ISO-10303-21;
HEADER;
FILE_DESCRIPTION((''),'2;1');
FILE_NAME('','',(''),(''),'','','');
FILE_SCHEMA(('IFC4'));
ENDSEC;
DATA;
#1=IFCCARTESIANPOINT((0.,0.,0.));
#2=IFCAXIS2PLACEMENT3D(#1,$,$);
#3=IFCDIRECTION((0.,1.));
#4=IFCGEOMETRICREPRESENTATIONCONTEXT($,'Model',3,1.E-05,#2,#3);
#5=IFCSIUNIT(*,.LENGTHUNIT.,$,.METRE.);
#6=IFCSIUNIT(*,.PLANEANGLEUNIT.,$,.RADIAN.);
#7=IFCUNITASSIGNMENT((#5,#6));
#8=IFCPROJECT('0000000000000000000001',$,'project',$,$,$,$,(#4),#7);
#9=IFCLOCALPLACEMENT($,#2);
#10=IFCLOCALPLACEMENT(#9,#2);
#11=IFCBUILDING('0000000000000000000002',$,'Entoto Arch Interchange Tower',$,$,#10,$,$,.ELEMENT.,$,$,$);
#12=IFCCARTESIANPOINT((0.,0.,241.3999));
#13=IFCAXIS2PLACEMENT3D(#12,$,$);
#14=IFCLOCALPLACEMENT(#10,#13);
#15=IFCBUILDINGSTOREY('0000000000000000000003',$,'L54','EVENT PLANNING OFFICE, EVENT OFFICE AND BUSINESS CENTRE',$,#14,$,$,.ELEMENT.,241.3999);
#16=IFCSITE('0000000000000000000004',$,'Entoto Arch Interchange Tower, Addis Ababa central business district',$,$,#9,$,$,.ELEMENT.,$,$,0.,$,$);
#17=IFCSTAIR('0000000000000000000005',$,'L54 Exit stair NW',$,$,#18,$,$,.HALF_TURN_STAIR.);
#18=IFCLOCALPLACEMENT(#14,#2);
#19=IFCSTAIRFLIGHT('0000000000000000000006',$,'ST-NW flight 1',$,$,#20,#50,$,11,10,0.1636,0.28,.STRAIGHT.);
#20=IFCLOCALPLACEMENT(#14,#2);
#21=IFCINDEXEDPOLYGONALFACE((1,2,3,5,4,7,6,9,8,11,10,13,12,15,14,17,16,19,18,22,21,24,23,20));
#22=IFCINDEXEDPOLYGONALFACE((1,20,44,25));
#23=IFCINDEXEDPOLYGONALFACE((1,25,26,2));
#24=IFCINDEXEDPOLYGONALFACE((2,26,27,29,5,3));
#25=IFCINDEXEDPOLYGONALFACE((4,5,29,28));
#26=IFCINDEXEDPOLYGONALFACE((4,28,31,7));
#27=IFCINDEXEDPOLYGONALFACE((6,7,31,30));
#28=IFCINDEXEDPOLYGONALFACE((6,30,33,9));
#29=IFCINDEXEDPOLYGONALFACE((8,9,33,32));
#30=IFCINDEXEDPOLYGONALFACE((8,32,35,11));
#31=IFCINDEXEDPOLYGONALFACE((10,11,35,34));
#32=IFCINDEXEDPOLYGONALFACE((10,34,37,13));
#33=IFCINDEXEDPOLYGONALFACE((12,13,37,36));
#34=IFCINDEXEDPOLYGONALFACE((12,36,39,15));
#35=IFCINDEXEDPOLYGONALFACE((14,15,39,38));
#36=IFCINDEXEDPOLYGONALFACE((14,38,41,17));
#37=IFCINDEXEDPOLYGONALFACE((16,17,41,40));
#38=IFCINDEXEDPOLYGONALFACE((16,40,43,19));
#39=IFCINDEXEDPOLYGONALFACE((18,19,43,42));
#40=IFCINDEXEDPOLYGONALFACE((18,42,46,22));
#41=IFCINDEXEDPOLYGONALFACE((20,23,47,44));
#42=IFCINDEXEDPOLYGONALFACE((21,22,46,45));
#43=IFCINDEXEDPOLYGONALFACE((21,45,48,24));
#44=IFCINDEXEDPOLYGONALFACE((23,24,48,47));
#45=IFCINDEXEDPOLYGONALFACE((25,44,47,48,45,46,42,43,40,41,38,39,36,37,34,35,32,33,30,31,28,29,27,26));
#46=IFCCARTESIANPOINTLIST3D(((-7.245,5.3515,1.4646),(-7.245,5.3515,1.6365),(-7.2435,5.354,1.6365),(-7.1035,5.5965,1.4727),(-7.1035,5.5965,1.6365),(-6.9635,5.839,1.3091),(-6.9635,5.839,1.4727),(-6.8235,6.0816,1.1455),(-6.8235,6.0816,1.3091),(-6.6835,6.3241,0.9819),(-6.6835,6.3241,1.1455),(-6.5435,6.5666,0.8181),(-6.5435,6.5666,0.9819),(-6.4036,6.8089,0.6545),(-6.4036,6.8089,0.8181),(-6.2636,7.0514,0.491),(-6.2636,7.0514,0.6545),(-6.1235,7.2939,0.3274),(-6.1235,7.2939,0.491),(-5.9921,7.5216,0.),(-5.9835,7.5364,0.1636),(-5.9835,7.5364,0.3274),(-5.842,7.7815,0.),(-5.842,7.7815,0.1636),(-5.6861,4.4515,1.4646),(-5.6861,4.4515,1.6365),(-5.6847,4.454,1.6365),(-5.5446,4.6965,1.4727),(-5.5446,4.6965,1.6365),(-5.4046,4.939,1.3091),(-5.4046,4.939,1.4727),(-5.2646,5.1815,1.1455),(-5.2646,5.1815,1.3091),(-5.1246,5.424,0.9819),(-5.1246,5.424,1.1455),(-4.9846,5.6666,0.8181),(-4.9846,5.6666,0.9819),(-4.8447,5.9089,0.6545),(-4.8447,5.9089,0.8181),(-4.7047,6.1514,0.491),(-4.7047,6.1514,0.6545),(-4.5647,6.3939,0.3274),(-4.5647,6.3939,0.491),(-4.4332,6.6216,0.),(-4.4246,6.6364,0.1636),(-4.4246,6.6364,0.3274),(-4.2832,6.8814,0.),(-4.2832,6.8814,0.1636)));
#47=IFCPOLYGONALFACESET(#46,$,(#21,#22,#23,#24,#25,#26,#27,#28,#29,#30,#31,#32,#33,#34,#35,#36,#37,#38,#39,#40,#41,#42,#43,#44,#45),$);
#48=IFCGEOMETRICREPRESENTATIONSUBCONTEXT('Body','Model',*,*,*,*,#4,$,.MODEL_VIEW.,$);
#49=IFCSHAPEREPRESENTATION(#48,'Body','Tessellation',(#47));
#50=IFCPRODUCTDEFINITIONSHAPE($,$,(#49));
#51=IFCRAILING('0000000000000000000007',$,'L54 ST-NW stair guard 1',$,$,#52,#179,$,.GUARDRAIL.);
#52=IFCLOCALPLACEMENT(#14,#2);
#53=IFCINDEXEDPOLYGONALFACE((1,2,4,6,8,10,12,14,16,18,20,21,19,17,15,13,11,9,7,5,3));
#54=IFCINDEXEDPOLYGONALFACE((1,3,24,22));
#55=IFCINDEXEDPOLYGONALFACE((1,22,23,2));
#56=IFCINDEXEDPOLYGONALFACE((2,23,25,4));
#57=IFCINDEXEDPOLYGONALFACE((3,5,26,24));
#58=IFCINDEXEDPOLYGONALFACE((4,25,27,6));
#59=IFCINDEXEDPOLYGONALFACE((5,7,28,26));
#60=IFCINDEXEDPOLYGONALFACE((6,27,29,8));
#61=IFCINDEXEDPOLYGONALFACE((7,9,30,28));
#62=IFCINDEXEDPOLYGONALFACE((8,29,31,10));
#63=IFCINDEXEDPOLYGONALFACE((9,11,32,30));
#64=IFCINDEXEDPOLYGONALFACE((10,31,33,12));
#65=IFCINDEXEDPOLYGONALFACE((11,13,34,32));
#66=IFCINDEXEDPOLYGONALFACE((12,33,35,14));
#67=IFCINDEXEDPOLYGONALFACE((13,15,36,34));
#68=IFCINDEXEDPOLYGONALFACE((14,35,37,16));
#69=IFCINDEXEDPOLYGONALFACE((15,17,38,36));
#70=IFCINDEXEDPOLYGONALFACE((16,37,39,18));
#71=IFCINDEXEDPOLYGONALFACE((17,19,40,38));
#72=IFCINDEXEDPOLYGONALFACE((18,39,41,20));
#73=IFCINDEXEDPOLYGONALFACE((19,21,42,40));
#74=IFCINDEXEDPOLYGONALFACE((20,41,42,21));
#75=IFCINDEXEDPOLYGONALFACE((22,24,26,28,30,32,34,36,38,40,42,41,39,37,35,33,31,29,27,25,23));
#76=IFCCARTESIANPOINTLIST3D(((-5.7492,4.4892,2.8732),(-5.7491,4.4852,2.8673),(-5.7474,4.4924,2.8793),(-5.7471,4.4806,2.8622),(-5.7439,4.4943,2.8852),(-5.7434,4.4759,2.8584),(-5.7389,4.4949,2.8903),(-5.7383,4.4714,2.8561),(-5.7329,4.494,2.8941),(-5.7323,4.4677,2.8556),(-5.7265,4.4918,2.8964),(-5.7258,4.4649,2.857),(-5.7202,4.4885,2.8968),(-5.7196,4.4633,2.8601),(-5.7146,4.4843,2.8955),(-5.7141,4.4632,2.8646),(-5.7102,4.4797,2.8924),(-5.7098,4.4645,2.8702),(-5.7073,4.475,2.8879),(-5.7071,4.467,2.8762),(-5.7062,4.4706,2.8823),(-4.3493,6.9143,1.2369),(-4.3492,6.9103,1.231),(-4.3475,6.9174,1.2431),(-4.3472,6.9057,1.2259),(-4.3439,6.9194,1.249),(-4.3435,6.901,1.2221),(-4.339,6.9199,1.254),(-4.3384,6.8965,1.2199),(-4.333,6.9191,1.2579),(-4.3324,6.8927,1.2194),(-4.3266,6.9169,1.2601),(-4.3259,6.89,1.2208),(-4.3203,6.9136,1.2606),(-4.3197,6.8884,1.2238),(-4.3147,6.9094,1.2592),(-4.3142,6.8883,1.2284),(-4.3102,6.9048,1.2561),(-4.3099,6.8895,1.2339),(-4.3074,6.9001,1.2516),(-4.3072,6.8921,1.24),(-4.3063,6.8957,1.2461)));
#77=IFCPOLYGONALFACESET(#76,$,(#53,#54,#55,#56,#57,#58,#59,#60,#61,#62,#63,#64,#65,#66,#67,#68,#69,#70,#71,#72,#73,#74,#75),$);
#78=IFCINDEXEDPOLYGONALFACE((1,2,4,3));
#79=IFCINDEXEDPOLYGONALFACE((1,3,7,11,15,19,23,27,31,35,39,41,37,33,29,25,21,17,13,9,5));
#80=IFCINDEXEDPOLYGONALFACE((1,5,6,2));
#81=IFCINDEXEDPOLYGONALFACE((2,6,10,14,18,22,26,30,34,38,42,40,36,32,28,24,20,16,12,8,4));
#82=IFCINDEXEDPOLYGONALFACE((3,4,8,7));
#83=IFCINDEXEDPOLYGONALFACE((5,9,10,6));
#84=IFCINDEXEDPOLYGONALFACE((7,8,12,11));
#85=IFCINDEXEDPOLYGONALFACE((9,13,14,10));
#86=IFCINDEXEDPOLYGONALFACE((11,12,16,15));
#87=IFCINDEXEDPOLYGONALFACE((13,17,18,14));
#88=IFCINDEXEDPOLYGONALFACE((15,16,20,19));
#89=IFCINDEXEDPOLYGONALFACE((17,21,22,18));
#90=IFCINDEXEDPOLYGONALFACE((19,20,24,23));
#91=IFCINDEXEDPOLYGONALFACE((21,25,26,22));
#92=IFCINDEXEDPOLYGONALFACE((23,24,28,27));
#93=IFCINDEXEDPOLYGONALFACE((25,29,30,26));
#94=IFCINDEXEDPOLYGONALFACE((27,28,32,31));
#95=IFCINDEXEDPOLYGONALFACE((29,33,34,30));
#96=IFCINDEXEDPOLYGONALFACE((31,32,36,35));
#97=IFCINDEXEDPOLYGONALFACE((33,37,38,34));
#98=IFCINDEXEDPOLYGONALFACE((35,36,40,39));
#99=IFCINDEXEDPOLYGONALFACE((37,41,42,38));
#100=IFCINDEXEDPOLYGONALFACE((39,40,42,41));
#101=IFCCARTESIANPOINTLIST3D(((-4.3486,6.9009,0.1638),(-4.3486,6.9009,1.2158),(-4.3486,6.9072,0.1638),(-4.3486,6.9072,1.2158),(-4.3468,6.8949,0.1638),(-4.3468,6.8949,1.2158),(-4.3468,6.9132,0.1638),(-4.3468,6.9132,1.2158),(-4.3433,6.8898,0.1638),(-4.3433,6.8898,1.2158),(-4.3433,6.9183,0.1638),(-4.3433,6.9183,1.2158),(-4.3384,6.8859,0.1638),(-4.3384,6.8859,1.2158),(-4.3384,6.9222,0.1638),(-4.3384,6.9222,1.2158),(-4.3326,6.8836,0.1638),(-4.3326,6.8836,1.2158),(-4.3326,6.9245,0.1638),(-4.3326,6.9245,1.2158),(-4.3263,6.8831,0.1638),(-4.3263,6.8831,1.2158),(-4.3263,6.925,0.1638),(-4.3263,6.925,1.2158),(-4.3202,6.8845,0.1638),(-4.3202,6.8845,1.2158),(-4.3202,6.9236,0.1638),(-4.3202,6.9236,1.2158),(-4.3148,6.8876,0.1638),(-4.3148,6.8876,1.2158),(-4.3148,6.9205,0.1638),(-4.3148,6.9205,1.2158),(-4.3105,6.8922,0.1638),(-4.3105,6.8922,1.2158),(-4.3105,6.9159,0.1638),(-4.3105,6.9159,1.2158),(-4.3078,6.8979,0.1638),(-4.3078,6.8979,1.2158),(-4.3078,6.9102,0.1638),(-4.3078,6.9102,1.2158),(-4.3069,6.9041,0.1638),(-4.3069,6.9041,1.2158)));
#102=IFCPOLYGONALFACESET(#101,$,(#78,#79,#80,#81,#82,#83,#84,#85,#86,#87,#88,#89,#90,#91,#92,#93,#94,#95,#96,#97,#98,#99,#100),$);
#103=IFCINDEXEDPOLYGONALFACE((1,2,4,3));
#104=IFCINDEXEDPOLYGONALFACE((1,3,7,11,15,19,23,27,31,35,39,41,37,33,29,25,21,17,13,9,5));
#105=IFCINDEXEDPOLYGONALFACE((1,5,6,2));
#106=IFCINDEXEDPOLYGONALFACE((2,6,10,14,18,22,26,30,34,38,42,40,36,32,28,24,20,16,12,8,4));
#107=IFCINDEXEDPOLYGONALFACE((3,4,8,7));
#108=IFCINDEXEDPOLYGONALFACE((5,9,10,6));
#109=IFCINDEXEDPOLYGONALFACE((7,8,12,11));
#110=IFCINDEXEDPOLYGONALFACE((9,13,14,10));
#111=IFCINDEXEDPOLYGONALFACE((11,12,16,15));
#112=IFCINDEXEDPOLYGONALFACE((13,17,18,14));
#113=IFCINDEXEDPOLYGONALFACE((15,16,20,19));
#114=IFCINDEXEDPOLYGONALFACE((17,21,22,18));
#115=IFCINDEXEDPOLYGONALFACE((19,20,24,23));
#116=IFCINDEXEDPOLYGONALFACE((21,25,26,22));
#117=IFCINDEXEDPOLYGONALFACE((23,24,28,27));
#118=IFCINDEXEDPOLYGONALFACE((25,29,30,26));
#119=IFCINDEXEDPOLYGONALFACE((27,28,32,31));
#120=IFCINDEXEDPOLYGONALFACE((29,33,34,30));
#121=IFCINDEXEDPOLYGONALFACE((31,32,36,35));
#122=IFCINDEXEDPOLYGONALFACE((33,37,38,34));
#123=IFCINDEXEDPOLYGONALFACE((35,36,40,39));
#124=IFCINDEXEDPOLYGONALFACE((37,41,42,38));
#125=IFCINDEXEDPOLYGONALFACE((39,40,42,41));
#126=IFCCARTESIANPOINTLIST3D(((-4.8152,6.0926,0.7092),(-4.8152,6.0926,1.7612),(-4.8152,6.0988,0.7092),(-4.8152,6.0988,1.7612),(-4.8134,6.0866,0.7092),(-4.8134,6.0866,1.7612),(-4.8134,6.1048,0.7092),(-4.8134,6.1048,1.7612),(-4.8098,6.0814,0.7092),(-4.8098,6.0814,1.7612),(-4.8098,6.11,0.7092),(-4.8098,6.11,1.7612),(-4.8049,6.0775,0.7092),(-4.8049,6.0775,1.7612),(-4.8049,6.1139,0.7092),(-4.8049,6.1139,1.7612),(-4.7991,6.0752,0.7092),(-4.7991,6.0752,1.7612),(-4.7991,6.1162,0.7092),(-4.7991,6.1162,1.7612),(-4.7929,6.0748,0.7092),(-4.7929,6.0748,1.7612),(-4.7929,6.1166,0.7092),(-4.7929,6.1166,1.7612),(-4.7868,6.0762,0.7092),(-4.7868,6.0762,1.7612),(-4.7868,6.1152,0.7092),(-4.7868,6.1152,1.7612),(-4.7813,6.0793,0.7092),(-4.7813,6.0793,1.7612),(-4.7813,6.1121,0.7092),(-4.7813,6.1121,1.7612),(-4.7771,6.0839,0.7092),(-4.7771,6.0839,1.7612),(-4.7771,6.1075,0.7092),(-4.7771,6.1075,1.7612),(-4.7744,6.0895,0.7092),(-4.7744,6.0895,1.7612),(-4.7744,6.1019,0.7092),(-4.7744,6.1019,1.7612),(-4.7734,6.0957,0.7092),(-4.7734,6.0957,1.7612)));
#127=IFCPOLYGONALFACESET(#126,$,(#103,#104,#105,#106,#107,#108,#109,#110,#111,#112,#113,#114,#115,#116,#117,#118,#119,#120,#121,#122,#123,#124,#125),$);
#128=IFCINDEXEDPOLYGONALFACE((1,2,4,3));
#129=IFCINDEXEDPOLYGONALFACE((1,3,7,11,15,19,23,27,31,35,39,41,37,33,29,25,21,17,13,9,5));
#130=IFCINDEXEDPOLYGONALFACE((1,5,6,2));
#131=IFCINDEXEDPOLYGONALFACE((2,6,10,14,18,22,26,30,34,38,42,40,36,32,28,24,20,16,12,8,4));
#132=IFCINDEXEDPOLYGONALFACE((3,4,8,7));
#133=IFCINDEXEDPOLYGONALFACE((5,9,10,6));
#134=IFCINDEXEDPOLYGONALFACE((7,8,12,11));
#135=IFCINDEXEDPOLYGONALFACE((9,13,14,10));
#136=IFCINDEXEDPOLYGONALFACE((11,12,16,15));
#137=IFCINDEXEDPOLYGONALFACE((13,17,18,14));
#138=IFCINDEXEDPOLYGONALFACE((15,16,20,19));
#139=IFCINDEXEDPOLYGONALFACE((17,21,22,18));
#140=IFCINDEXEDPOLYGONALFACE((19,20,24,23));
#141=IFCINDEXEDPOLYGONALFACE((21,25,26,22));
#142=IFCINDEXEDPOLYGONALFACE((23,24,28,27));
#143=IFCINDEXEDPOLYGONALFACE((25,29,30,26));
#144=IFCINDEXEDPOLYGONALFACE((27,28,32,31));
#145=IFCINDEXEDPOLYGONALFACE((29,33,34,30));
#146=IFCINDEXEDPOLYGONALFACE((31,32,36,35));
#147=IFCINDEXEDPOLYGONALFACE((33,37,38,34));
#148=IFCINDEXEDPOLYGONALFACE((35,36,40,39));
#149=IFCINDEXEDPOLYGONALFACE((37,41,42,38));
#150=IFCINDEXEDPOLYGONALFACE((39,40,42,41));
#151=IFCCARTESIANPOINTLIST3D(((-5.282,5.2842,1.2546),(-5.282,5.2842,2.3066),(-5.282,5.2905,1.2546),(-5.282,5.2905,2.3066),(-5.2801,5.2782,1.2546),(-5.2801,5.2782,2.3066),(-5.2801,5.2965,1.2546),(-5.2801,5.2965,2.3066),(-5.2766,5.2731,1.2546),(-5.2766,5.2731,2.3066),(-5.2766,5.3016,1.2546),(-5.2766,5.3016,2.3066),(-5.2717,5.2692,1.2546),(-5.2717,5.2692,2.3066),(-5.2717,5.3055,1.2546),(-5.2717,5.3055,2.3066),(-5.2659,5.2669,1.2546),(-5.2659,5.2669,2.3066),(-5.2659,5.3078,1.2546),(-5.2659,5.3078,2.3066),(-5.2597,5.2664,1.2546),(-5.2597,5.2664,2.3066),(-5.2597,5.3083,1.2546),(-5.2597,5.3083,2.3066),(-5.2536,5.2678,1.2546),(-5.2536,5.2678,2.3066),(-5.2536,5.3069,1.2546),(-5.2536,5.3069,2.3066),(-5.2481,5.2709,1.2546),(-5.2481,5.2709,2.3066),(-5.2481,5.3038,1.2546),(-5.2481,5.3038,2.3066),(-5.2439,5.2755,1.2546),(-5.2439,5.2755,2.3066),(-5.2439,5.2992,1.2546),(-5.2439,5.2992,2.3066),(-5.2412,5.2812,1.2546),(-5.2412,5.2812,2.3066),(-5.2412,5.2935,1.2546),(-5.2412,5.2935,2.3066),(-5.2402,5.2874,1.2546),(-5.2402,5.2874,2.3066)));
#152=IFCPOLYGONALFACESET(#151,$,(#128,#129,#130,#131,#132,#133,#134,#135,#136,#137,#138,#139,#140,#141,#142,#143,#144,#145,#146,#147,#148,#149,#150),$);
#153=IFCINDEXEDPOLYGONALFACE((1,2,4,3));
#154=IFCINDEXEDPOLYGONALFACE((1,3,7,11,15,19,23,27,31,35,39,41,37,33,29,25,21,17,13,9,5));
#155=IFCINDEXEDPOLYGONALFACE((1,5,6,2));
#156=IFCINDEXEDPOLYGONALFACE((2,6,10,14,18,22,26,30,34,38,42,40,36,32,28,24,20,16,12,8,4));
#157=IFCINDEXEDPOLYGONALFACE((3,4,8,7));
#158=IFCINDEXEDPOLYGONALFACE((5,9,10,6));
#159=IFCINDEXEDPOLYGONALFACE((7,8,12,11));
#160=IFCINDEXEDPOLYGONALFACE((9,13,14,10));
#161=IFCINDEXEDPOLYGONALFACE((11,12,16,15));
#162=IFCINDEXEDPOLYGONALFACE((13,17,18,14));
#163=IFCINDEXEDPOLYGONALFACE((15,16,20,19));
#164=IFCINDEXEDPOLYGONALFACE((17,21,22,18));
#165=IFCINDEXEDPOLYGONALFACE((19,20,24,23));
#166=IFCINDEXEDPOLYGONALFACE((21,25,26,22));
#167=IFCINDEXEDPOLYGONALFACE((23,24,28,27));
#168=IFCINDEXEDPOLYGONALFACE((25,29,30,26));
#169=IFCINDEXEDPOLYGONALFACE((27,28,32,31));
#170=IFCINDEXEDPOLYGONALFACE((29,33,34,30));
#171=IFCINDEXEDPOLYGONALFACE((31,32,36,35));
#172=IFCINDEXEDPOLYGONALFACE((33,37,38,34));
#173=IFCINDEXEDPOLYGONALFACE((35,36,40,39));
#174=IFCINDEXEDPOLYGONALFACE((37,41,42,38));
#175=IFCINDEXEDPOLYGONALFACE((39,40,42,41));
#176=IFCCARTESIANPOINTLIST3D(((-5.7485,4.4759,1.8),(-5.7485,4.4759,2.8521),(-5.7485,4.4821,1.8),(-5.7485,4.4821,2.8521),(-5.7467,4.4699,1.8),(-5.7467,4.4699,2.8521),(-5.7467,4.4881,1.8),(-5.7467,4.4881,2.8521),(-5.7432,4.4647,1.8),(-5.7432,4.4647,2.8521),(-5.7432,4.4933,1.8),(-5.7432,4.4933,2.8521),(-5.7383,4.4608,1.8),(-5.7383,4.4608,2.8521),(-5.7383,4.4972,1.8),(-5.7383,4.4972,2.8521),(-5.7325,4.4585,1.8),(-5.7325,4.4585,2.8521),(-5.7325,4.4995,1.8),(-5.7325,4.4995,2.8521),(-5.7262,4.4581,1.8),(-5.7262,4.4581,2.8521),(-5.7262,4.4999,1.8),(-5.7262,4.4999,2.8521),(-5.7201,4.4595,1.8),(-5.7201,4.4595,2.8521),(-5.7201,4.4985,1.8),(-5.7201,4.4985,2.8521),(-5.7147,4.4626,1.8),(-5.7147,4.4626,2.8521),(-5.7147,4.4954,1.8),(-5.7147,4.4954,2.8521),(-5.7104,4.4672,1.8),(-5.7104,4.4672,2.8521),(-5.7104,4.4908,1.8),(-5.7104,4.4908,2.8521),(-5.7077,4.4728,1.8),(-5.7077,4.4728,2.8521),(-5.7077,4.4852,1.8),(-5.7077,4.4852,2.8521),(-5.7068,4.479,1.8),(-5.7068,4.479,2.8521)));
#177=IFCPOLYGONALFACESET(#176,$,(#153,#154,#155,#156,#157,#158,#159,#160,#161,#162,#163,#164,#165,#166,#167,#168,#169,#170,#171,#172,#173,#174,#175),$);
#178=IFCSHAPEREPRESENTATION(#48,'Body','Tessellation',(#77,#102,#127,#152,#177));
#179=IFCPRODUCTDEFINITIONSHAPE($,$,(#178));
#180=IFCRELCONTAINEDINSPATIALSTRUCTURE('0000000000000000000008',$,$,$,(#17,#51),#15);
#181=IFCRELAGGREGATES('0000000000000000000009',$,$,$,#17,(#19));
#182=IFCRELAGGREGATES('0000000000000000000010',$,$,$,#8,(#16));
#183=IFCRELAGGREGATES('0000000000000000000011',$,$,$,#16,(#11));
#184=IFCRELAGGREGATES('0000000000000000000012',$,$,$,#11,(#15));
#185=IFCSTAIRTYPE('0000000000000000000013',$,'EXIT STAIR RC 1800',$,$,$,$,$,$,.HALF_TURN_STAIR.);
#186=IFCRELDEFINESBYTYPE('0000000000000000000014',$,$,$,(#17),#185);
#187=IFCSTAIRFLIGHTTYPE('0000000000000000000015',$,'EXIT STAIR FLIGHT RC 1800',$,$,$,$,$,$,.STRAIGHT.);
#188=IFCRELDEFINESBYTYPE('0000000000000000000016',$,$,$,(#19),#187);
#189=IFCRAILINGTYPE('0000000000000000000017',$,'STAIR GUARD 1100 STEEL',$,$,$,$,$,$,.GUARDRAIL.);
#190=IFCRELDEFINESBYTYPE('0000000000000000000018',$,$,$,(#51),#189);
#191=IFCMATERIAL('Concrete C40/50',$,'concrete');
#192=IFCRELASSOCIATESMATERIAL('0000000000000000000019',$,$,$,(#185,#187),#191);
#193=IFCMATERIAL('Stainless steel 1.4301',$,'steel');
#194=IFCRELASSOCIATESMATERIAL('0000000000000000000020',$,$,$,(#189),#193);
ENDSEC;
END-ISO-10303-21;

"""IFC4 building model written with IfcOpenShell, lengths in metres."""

from ifc_helpers import new_model, si_unit, direction, frame, origin, origin_2d, place, context, subcontext, project, spatial, polyline, circle, outline, extrude, material, type_object, element, aggregate, save


model = new_model("IFC4")

# Units and contexts
model_context = context("Model", 3, precision=1e-05, world=origin(), true_north=direction((0.0, 1.0)))
body_context = subcontext(model_context, "Body", "Model", "MODEL_VIEW")
ifc_project = project(units=[si_unit("LENGTHUNIT", "METRE"), si_unit("PLANEANGLEUNIT", "RADIAN")], contexts=[model_context])

# Site, building, storey
site_placement = place(None, origin())
site = spatial("IfcSite", under=ifc_project, at=site_placement, Name="Entoto Arch Interchange Tower, Addis Ababa central business district", CompositionType="ELEMENT", RefElevation=0.0)
building_placement = place(site_placement, origin())
building = spatial("IfcBuilding", under=site, at=building_placement, Name="Entoto Arch Interchange Tower", CompositionType="ELEMENT")
storey_placement = place(building_placement, frame((0.0, 0.0, 241.3999)))
storey = spatial("IfcBuildingStorey", under=building, at=storey_placement, Name="L54", Description="EVENT PLANNING OFFICE, EVENT OFFICE AND BUSINESS CENTRE", CompositionType="ELEMENT", Elevation=241.3999)

# Shared definitions
ifc_material_1 = material(Name="Concrete C40/50", Category="concrete")

# Stair, stair flight
stair_type = type_object("IfcStairType", Name="EXIT STAIR RC 1800", PredefinedType="HALF_TURN_STAIR", material=ifc_material_1)
stair_placement = place(storey_placement, origin())
stair = element("IfcStair", 1, at=stair_placement, inside=storey, type_object=stair_type, Name="L54 Exit stair NW", PredefinedType="HALF_TURN_STAIR")
stair_flight_type = type_object("IfcStairFlightType", Name="EXIT STAIR FLIGHT RC 1800", PredefinedType="STRAIGHT", material=ifc_material_1)
stair_flight_placement = place(storey_placement, frame((-5.064, 7.3289, 0.0), z_axis=(0.0, 0.0, 1.0), x_axis=(-0.5, -0.866025, 0.0)))
stair_flight = element("IfcStairFlight", 2, at=stair_flight_placement, type_object=stair_flight_type, Name="ST-NW flight 1", NumberOfRisers=11, NumberOfTreads=10, PredefinedType="STRAIGHT", RiserHeight=0.1636, TreadLength=0.28, context=body_context, shape_type="SweptSolid", body=[
    extrude(outline(polyline([(-0.0029, 0.0), (-0.0029, 0.1636), (0.28, 0.1636), (0.28, 0.3274), (0.5601, 0.3274), (0.5601, 0.491), (0.8401, 0.491), (0.8401, 0.6545), (1.1201, 0.6545), (1.1201, 0.8181), (1.3999, 0.8181), (1.3999, 0.9819), (1.6799, 0.9819), (1.6799, 1.1455), (1.96, 1.1455), (1.96, 1.3091), (2.24, 1.3091), (2.24, 1.4727), (2.52, 1.4727), (2.52, 1.6365), (2.8, 1.6365), (2.803, 1.6365), (2.803, 1.4646), (0.2971, 0.0), (-0.0029, 0.0)])), frame((0.0, 0.8999, 0.0), z_axis=(0.0, -1.0, 0.0), x_axis=(1.0, 0.0, 0.0)), (0.0, 0.0, 1.0), 1.8),
])
aggregate(stair, [stair_flight])

# Railing
ifc_material_2 = material(Name="Stainless steel 1.4301", Category="steel")
railing_type = type_object("IfcRailingType", Name="STAIR GUARD 1100 STEEL", PredefinedType="GUARDRAIL", material=ifc_material_2)
railing_1_placement = place(storey_placement, frame((-4.3279, 6.9041, 0.1638)))
element("IfcRailing", 3, at=railing_1_placement, inside=storey, type_object=railing_type, Name="L54 ST-NW stair guard 1", PredefinedType="GUARDRAIL", context=body_context, shape_type="SweptSolid", body=[
    extrude(circle(Radius=0.0239, at=origin_2d()), frame((0.0, 0.0, 1.0762), z_axis=(-0.431653, -0.747751, 0.504523), x_axis=(0.866056, -0.499946, 0.0)), (0.0, 0.0, 1.0), 3.2432),
    extrude(circle(Radius=0.021, at=origin_2d()), origin(), (0.0, 0.0, 1.0), 1.052),
    extrude(circle(Radius=0.021, at=origin_2d()), frame((-0.4666, -0.8083, 0.5454)), (0.0, 0.0, 1.0), 1.052),
    extrude(circle(Radius=0.021, at=origin_2d()), frame((-0.9333, -1.6167, 1.0908)), (0.0, 0.0, 1.0), 1.052),
    extrude(circle(Radius=0.021, at=origin_2d()), frame((-1.3999, -2.425, 1.6362)), (0.0, 0.0, 1.0), 1.052),
])

save(model, "model.ifc")
